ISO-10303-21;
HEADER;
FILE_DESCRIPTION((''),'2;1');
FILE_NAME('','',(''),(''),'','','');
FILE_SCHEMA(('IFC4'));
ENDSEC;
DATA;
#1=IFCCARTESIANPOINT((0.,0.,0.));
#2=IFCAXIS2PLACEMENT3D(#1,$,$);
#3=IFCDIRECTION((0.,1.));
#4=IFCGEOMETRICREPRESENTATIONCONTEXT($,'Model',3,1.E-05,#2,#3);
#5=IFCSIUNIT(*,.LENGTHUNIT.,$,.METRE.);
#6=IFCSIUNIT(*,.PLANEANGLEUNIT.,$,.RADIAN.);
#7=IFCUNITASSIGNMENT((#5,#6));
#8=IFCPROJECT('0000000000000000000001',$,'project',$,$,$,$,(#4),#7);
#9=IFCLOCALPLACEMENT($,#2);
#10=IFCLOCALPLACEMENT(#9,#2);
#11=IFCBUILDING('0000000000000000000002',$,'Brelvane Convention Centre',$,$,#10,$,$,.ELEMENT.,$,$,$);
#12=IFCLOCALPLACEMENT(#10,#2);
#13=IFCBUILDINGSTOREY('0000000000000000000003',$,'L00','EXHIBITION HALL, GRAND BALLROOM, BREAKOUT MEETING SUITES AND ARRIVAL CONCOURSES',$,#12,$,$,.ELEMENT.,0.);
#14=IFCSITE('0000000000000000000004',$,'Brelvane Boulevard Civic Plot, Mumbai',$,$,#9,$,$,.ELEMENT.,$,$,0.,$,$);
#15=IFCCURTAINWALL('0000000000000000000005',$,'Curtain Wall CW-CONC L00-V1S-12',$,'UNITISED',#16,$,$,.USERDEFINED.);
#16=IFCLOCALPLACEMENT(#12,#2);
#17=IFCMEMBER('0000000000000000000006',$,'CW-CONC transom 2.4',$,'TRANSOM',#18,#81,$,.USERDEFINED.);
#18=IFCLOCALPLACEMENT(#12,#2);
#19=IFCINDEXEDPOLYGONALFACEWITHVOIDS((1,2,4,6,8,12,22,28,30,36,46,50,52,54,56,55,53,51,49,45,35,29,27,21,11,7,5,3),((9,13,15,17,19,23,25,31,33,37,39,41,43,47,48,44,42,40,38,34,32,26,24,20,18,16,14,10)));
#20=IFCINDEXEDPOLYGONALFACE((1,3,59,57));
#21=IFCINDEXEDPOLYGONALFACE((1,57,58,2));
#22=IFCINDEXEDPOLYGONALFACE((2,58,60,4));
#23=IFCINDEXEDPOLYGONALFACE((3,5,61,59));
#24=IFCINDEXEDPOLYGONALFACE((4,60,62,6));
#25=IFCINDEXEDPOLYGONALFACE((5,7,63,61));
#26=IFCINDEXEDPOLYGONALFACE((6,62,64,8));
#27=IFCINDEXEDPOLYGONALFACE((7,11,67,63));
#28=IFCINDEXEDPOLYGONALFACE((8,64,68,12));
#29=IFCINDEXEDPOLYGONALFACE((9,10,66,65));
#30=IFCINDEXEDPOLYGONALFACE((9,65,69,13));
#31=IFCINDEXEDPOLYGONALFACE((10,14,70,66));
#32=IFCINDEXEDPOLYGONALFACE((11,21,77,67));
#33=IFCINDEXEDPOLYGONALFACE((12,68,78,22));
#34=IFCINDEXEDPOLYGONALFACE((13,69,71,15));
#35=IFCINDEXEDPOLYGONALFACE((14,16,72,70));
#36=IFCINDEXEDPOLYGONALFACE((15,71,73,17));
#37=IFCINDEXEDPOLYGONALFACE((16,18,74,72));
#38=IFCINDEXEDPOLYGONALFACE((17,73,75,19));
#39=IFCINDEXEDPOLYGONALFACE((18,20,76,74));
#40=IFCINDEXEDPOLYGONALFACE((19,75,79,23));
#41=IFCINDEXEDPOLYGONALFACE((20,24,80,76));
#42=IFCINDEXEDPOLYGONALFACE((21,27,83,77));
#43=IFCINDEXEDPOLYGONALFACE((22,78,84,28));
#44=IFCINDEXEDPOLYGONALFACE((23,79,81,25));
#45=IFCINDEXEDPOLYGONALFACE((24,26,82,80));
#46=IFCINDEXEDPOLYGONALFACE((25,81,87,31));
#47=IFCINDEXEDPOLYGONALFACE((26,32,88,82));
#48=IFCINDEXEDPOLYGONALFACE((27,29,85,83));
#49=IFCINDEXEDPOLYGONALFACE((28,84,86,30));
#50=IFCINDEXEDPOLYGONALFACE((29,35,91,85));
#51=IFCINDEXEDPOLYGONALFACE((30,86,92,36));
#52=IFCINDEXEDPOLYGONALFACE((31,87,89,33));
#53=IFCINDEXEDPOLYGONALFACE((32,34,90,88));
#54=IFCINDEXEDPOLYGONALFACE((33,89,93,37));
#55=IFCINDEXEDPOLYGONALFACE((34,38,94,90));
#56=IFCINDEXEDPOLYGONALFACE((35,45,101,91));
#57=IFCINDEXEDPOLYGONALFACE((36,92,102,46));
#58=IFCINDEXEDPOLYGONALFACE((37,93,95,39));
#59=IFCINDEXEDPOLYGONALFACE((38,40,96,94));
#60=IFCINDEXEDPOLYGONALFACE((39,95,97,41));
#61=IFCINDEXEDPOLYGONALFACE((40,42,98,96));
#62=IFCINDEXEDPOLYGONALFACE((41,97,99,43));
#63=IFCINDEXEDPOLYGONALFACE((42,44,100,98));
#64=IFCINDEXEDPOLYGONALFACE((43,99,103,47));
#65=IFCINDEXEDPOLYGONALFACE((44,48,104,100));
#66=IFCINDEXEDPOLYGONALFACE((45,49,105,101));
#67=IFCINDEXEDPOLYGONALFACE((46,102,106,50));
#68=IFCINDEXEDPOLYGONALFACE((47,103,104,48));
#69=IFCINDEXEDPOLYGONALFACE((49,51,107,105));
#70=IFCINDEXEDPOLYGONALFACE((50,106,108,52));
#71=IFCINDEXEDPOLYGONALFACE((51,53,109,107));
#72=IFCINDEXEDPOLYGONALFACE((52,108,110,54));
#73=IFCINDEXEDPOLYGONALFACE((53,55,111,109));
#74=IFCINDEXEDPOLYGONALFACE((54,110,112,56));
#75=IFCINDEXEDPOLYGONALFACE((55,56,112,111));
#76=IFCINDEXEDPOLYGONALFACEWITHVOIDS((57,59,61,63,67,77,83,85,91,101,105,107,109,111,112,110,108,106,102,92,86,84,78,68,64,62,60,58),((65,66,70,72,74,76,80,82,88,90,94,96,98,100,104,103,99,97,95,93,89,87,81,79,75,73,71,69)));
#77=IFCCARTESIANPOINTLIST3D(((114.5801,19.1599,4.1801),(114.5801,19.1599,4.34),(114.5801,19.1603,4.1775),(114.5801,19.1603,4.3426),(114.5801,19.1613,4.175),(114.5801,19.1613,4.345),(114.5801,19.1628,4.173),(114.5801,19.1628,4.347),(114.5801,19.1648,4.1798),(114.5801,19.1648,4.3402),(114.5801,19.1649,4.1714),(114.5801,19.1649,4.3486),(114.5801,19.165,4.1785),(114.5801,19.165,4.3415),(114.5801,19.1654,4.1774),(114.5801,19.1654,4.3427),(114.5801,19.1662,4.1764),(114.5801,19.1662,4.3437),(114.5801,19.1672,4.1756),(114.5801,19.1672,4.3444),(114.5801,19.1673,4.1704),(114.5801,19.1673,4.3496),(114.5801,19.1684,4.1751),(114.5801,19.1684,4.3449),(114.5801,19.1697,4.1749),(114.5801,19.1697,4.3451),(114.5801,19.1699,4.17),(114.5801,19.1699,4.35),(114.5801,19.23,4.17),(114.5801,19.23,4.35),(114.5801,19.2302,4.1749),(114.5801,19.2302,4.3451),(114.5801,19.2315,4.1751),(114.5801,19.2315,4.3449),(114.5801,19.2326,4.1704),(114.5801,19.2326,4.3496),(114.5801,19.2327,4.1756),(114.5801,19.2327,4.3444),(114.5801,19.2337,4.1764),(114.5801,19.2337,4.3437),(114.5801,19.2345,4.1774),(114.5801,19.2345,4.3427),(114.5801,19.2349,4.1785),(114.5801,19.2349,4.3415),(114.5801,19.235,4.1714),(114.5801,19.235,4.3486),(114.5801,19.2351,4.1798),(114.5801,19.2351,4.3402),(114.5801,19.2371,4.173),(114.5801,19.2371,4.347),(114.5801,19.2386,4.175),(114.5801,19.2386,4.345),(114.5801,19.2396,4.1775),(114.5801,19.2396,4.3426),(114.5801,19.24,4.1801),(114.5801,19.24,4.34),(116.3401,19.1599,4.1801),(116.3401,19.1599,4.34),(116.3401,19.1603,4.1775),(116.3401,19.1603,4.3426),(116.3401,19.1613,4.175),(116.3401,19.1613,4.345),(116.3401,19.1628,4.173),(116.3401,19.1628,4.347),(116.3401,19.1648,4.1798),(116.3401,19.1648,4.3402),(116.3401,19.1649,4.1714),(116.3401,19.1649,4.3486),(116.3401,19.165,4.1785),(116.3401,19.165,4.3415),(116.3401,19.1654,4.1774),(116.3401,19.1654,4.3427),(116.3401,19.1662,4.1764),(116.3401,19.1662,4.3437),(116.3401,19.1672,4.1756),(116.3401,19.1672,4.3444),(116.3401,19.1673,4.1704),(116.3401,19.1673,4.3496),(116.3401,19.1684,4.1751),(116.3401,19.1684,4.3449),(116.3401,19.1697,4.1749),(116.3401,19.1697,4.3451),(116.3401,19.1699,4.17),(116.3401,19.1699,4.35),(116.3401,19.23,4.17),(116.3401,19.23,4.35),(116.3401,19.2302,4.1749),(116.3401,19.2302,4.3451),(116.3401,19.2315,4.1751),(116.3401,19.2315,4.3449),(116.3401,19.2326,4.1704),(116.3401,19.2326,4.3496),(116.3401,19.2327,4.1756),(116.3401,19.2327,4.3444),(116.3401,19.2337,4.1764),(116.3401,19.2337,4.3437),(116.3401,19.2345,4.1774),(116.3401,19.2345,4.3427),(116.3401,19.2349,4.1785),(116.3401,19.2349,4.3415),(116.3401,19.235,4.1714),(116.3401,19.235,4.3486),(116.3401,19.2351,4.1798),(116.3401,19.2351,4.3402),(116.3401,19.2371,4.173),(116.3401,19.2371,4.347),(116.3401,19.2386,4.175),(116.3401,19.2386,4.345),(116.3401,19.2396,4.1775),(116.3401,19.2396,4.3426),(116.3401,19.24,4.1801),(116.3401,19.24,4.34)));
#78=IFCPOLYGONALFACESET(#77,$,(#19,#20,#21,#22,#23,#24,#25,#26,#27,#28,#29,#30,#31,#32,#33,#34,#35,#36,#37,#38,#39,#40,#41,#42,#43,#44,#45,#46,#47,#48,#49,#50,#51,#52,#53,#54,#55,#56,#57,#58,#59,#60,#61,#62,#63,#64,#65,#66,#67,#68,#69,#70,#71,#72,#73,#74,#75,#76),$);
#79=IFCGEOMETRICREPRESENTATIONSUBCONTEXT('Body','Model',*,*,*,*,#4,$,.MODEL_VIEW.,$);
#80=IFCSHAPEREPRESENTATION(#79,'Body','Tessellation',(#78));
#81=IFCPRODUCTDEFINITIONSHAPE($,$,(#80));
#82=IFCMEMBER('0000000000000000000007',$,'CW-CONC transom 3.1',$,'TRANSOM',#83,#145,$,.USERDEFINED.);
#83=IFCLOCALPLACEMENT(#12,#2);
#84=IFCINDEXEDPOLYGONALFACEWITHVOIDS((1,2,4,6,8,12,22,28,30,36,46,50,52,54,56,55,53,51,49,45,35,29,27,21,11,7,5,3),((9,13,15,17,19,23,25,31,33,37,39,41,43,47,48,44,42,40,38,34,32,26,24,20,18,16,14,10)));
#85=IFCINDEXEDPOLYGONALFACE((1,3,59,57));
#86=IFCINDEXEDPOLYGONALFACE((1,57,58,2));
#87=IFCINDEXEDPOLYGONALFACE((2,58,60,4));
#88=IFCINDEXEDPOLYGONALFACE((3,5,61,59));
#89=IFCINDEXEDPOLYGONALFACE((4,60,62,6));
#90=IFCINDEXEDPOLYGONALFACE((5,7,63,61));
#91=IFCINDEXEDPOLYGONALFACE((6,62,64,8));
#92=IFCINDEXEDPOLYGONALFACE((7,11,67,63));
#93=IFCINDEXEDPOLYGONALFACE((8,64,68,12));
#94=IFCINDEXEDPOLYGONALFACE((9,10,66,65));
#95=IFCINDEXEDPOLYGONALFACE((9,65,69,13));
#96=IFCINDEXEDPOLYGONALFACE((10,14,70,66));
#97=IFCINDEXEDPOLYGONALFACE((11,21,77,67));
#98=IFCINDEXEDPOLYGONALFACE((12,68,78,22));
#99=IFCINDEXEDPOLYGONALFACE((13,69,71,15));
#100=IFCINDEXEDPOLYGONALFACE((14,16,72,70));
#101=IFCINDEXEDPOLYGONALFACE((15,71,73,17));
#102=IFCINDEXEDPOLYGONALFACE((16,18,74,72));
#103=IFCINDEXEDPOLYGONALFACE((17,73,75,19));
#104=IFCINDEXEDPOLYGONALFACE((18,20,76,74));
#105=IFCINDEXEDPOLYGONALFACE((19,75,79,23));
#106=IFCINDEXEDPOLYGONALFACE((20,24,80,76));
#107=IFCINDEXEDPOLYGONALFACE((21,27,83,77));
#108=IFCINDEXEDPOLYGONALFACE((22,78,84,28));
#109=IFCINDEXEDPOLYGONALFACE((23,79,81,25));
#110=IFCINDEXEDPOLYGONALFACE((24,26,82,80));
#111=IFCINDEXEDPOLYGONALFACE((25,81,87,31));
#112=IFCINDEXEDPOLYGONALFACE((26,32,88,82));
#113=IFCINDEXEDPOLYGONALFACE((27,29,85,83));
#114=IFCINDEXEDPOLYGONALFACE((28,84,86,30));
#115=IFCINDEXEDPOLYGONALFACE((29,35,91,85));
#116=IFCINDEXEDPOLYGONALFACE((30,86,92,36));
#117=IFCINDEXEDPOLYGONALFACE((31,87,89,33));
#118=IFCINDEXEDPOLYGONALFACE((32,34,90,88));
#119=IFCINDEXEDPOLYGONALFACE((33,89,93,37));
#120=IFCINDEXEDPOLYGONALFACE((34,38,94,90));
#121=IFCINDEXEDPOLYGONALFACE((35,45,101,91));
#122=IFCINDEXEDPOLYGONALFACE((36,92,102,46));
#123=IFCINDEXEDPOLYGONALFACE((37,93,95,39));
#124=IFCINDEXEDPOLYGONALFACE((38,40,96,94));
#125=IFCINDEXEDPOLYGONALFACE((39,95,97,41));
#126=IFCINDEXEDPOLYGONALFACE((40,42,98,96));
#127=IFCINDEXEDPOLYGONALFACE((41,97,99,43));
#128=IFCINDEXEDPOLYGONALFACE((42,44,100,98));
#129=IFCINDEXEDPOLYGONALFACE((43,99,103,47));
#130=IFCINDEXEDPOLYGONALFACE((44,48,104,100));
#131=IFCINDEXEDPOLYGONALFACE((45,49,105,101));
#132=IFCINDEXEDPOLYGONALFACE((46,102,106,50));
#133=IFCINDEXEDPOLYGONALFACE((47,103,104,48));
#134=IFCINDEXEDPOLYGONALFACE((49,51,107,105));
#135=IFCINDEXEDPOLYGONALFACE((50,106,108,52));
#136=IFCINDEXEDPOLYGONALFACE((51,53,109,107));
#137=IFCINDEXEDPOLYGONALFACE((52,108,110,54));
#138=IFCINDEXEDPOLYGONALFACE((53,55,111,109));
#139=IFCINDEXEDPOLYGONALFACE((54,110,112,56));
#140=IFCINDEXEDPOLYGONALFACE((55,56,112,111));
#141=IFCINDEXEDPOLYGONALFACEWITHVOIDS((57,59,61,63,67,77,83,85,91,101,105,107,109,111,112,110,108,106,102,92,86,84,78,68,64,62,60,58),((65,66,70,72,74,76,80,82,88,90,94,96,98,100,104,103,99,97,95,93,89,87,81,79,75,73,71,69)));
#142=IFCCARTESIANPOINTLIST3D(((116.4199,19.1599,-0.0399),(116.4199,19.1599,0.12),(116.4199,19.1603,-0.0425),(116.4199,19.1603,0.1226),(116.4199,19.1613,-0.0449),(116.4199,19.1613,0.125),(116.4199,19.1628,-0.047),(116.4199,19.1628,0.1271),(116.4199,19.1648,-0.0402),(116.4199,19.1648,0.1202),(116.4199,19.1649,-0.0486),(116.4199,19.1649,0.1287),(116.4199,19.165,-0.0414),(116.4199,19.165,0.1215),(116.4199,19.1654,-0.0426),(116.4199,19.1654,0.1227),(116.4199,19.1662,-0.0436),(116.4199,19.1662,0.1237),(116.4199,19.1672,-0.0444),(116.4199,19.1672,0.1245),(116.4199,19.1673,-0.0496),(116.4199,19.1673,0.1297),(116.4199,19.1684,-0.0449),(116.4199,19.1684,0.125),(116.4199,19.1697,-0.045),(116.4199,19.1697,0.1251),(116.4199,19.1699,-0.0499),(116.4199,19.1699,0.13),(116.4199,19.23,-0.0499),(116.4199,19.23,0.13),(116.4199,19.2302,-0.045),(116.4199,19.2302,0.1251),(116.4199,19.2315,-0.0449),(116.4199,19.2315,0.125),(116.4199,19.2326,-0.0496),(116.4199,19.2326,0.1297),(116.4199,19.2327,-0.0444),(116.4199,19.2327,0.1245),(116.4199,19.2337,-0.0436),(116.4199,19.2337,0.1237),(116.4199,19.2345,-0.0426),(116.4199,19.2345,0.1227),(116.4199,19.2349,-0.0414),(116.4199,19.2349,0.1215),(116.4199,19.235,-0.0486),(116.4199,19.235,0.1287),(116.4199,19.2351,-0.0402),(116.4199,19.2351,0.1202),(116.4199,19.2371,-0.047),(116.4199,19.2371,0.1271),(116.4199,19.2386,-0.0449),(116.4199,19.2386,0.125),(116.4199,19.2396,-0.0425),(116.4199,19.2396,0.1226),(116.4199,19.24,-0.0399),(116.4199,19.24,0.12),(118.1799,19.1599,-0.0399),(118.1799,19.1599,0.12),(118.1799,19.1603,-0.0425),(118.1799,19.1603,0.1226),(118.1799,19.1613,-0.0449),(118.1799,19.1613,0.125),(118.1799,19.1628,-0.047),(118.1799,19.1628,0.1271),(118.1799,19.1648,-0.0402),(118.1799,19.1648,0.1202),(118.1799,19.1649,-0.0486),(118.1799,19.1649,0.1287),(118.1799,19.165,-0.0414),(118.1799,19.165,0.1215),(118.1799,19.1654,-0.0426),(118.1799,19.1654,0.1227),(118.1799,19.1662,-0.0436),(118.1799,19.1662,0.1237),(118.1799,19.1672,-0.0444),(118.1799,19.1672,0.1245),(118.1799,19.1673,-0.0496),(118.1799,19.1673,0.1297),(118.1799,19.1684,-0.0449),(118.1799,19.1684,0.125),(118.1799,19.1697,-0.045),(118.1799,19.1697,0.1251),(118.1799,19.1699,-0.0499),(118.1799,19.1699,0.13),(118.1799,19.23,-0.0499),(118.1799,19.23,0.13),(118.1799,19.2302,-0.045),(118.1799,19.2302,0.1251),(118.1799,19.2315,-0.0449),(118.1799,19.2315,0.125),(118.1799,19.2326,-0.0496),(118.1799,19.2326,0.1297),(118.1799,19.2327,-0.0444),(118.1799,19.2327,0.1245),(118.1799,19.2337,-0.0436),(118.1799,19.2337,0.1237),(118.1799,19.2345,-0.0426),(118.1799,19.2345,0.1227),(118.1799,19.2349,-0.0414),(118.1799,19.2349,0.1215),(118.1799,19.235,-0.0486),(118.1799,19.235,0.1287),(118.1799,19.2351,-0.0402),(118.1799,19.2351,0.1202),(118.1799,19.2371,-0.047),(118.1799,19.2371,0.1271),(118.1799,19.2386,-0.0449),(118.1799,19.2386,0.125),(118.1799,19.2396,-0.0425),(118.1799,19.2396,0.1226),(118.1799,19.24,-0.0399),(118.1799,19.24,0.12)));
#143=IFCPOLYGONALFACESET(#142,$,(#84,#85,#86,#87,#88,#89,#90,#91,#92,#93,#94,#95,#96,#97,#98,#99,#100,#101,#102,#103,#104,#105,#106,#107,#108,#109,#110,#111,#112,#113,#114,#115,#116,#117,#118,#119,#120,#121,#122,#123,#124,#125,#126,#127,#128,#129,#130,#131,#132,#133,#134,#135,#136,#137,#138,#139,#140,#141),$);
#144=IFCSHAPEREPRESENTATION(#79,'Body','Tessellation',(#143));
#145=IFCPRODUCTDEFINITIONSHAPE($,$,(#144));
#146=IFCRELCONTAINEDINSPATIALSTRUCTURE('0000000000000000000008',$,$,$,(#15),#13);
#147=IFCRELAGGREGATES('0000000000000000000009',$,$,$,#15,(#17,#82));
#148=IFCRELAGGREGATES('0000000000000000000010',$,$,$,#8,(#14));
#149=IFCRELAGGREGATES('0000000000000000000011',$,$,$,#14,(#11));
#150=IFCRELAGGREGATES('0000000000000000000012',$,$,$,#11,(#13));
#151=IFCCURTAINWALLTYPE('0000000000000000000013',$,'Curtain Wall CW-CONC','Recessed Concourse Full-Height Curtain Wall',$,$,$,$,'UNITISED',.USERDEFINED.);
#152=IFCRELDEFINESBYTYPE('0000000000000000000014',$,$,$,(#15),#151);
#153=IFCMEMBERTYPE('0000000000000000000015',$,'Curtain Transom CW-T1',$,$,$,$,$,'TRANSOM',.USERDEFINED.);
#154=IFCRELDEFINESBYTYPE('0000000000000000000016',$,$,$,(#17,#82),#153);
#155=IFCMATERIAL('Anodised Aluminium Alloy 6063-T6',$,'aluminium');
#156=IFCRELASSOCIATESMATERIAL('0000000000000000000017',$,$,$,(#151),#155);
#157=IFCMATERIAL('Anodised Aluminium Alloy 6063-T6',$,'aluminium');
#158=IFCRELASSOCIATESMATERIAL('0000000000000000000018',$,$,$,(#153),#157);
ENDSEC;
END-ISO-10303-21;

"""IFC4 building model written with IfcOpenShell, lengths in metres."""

from ifc_helpers import new_model, si_unit, direction, frame, origin, origin_2d, place, context, subcontext, project, spatial, hollow_rectangle, extrude, material, material_profile, profile_set, type_object, element, aggregate, save


model = new_model("IFC4")

# Units and contexts
model_context = context("Model", 3, precision=1e-05, world=origin(), true_north=direction((0.0, 1.0)))
body_context = subcontext(model_context, "Body", "Model", "MODEL_VIEW")
ifc_project = project(units=[si_unit("LENGTHUNIT", "METRE"), si_unit("PLANEANGLEUNIT", "RADIAN")], contexts=[model_context])

# Site, building, storey
site_placement = place(None, origin())
site = spatial("IfcSite", under=ifc_project, at=site_placement, Name="Brelvane Boulevard Civic Plot, Mumbai", CompositionType="ELEMENT", RefElevation=0.0)
building_placement = place(site_placement, origin())
building = spatial("IfcBuilding", under=site, at=building_placement, Name="Brelvane Convention Centre", CompositionType="ELEMENT")
storey_placement = place(building_placement, origin())
storey = spatial("IfcBuildingStorey", under=building, at=storey_placement, Name="L00", Description="EXHIBITION HALL, GRAND BALLROOM, BREAKOUT MEETING SUITES AND ARRIVAL CONCOURSES", CompositionType="ELEMENT", Elevation=0.0)

# Curtain wall, members
ifc_material_1 = material(Name="Anodised Aluminium Alloy 6063-T6", Category="aluminium")
curtain_wall_type = type_object("IfcCurtainWallType", Name="Curtain Wall CW-CONC", Description="Recessed Concourse Full-Height Curtain Wall", ElementType="UNITISED", PredefinedType="USERDEFINED", material=ifc_material_1)
curtain_wall_placement = place(storey_placement, origin())
curtain_wall = element("IfcCurtainWall", 1, at=curtain_wall_placement, inside=storey, type_object=curtain_wall_type, Name="Curtain Wall CW-CONC L00-V1S-12", ObjectType="UNITISED", PredefinedType="USERDEFINED")
ifc_material_2 = material(Name="Anodised Aluminium Alloy 6063-T6", Category="aluminium")
ifc_material_profile_1 = material_profile(ifc_material_2, hollow_rectangle(XDim=0.0801, YDim=0.1799, WallThickness=0.0049, InnerFilletRadius=0.0049, OuterFilletRadius=0.01, at=origin_2d()), Name="ALU-T 180x80x5.0")
ifc_profile_set_1 = profile_set([ifc_material_profile_1], Name="Anodised Aluminium Alloy 6063-T6")
member_type_1 = type_object("IfcMemberType", Name="Curtain Transom CW-T1", ElementType="TRANSOM", PredefinedType="USERDEFINED", material=ifc_profile_set_1)
member_1_placement = place(storey_placement, frame((114.5801, 19.2, 4.26), z_axis=(1.0, 0.0, 0.0), x_axis=(0.0, 1.0, 0.0)))
member_1 = element("IfcMember", 2, at=member_1_placement, type_object=member_type_1, Name="CW-CONC transom 2.4", ObjectType="TRANSOM", PredefinedType="USERDEFINED", context=body_context, shape_type="SweptSolid", body=[
    extrude(hollow_rectangle(XDim=0.0801, YDim=0.1799, WallThickness=0.0049, InnerFilletRadius=0.0049, OuterFilletRadius=0.01, at=origin_2d()), origin(), (0.0, 0.0, 1.0), 1.76),
])
member_2_placement = place(storey_placement, frame((116.4199, 19.2, 0.04), z_axis=(1.0, 0.0, 0.0), x_axis=(0.0, 1.0, 0.0)))
member_2 = element("IfcMember", 3, at=member_2_placement, type_object=member_type_1, Name="CW-CONC transom 3.1", ObjectType="TRANSOM", PredefinedType="USERDEFINED", context=body_context, shape_type="SweptSolid", body=[
    extrude(hollow_rectangle(XDim=0.0801, YDim=0.1799, WallThickness=0.0049, InnerFilletRadius=0.0049, OuterFilletRadius=0.01, at=origin_2d()), origin(), (0.0, 0.0, 1.0), 1.76),
])

aggregate(curtain_wall, [member_1, member_2])

save(model, "model.ifc")
